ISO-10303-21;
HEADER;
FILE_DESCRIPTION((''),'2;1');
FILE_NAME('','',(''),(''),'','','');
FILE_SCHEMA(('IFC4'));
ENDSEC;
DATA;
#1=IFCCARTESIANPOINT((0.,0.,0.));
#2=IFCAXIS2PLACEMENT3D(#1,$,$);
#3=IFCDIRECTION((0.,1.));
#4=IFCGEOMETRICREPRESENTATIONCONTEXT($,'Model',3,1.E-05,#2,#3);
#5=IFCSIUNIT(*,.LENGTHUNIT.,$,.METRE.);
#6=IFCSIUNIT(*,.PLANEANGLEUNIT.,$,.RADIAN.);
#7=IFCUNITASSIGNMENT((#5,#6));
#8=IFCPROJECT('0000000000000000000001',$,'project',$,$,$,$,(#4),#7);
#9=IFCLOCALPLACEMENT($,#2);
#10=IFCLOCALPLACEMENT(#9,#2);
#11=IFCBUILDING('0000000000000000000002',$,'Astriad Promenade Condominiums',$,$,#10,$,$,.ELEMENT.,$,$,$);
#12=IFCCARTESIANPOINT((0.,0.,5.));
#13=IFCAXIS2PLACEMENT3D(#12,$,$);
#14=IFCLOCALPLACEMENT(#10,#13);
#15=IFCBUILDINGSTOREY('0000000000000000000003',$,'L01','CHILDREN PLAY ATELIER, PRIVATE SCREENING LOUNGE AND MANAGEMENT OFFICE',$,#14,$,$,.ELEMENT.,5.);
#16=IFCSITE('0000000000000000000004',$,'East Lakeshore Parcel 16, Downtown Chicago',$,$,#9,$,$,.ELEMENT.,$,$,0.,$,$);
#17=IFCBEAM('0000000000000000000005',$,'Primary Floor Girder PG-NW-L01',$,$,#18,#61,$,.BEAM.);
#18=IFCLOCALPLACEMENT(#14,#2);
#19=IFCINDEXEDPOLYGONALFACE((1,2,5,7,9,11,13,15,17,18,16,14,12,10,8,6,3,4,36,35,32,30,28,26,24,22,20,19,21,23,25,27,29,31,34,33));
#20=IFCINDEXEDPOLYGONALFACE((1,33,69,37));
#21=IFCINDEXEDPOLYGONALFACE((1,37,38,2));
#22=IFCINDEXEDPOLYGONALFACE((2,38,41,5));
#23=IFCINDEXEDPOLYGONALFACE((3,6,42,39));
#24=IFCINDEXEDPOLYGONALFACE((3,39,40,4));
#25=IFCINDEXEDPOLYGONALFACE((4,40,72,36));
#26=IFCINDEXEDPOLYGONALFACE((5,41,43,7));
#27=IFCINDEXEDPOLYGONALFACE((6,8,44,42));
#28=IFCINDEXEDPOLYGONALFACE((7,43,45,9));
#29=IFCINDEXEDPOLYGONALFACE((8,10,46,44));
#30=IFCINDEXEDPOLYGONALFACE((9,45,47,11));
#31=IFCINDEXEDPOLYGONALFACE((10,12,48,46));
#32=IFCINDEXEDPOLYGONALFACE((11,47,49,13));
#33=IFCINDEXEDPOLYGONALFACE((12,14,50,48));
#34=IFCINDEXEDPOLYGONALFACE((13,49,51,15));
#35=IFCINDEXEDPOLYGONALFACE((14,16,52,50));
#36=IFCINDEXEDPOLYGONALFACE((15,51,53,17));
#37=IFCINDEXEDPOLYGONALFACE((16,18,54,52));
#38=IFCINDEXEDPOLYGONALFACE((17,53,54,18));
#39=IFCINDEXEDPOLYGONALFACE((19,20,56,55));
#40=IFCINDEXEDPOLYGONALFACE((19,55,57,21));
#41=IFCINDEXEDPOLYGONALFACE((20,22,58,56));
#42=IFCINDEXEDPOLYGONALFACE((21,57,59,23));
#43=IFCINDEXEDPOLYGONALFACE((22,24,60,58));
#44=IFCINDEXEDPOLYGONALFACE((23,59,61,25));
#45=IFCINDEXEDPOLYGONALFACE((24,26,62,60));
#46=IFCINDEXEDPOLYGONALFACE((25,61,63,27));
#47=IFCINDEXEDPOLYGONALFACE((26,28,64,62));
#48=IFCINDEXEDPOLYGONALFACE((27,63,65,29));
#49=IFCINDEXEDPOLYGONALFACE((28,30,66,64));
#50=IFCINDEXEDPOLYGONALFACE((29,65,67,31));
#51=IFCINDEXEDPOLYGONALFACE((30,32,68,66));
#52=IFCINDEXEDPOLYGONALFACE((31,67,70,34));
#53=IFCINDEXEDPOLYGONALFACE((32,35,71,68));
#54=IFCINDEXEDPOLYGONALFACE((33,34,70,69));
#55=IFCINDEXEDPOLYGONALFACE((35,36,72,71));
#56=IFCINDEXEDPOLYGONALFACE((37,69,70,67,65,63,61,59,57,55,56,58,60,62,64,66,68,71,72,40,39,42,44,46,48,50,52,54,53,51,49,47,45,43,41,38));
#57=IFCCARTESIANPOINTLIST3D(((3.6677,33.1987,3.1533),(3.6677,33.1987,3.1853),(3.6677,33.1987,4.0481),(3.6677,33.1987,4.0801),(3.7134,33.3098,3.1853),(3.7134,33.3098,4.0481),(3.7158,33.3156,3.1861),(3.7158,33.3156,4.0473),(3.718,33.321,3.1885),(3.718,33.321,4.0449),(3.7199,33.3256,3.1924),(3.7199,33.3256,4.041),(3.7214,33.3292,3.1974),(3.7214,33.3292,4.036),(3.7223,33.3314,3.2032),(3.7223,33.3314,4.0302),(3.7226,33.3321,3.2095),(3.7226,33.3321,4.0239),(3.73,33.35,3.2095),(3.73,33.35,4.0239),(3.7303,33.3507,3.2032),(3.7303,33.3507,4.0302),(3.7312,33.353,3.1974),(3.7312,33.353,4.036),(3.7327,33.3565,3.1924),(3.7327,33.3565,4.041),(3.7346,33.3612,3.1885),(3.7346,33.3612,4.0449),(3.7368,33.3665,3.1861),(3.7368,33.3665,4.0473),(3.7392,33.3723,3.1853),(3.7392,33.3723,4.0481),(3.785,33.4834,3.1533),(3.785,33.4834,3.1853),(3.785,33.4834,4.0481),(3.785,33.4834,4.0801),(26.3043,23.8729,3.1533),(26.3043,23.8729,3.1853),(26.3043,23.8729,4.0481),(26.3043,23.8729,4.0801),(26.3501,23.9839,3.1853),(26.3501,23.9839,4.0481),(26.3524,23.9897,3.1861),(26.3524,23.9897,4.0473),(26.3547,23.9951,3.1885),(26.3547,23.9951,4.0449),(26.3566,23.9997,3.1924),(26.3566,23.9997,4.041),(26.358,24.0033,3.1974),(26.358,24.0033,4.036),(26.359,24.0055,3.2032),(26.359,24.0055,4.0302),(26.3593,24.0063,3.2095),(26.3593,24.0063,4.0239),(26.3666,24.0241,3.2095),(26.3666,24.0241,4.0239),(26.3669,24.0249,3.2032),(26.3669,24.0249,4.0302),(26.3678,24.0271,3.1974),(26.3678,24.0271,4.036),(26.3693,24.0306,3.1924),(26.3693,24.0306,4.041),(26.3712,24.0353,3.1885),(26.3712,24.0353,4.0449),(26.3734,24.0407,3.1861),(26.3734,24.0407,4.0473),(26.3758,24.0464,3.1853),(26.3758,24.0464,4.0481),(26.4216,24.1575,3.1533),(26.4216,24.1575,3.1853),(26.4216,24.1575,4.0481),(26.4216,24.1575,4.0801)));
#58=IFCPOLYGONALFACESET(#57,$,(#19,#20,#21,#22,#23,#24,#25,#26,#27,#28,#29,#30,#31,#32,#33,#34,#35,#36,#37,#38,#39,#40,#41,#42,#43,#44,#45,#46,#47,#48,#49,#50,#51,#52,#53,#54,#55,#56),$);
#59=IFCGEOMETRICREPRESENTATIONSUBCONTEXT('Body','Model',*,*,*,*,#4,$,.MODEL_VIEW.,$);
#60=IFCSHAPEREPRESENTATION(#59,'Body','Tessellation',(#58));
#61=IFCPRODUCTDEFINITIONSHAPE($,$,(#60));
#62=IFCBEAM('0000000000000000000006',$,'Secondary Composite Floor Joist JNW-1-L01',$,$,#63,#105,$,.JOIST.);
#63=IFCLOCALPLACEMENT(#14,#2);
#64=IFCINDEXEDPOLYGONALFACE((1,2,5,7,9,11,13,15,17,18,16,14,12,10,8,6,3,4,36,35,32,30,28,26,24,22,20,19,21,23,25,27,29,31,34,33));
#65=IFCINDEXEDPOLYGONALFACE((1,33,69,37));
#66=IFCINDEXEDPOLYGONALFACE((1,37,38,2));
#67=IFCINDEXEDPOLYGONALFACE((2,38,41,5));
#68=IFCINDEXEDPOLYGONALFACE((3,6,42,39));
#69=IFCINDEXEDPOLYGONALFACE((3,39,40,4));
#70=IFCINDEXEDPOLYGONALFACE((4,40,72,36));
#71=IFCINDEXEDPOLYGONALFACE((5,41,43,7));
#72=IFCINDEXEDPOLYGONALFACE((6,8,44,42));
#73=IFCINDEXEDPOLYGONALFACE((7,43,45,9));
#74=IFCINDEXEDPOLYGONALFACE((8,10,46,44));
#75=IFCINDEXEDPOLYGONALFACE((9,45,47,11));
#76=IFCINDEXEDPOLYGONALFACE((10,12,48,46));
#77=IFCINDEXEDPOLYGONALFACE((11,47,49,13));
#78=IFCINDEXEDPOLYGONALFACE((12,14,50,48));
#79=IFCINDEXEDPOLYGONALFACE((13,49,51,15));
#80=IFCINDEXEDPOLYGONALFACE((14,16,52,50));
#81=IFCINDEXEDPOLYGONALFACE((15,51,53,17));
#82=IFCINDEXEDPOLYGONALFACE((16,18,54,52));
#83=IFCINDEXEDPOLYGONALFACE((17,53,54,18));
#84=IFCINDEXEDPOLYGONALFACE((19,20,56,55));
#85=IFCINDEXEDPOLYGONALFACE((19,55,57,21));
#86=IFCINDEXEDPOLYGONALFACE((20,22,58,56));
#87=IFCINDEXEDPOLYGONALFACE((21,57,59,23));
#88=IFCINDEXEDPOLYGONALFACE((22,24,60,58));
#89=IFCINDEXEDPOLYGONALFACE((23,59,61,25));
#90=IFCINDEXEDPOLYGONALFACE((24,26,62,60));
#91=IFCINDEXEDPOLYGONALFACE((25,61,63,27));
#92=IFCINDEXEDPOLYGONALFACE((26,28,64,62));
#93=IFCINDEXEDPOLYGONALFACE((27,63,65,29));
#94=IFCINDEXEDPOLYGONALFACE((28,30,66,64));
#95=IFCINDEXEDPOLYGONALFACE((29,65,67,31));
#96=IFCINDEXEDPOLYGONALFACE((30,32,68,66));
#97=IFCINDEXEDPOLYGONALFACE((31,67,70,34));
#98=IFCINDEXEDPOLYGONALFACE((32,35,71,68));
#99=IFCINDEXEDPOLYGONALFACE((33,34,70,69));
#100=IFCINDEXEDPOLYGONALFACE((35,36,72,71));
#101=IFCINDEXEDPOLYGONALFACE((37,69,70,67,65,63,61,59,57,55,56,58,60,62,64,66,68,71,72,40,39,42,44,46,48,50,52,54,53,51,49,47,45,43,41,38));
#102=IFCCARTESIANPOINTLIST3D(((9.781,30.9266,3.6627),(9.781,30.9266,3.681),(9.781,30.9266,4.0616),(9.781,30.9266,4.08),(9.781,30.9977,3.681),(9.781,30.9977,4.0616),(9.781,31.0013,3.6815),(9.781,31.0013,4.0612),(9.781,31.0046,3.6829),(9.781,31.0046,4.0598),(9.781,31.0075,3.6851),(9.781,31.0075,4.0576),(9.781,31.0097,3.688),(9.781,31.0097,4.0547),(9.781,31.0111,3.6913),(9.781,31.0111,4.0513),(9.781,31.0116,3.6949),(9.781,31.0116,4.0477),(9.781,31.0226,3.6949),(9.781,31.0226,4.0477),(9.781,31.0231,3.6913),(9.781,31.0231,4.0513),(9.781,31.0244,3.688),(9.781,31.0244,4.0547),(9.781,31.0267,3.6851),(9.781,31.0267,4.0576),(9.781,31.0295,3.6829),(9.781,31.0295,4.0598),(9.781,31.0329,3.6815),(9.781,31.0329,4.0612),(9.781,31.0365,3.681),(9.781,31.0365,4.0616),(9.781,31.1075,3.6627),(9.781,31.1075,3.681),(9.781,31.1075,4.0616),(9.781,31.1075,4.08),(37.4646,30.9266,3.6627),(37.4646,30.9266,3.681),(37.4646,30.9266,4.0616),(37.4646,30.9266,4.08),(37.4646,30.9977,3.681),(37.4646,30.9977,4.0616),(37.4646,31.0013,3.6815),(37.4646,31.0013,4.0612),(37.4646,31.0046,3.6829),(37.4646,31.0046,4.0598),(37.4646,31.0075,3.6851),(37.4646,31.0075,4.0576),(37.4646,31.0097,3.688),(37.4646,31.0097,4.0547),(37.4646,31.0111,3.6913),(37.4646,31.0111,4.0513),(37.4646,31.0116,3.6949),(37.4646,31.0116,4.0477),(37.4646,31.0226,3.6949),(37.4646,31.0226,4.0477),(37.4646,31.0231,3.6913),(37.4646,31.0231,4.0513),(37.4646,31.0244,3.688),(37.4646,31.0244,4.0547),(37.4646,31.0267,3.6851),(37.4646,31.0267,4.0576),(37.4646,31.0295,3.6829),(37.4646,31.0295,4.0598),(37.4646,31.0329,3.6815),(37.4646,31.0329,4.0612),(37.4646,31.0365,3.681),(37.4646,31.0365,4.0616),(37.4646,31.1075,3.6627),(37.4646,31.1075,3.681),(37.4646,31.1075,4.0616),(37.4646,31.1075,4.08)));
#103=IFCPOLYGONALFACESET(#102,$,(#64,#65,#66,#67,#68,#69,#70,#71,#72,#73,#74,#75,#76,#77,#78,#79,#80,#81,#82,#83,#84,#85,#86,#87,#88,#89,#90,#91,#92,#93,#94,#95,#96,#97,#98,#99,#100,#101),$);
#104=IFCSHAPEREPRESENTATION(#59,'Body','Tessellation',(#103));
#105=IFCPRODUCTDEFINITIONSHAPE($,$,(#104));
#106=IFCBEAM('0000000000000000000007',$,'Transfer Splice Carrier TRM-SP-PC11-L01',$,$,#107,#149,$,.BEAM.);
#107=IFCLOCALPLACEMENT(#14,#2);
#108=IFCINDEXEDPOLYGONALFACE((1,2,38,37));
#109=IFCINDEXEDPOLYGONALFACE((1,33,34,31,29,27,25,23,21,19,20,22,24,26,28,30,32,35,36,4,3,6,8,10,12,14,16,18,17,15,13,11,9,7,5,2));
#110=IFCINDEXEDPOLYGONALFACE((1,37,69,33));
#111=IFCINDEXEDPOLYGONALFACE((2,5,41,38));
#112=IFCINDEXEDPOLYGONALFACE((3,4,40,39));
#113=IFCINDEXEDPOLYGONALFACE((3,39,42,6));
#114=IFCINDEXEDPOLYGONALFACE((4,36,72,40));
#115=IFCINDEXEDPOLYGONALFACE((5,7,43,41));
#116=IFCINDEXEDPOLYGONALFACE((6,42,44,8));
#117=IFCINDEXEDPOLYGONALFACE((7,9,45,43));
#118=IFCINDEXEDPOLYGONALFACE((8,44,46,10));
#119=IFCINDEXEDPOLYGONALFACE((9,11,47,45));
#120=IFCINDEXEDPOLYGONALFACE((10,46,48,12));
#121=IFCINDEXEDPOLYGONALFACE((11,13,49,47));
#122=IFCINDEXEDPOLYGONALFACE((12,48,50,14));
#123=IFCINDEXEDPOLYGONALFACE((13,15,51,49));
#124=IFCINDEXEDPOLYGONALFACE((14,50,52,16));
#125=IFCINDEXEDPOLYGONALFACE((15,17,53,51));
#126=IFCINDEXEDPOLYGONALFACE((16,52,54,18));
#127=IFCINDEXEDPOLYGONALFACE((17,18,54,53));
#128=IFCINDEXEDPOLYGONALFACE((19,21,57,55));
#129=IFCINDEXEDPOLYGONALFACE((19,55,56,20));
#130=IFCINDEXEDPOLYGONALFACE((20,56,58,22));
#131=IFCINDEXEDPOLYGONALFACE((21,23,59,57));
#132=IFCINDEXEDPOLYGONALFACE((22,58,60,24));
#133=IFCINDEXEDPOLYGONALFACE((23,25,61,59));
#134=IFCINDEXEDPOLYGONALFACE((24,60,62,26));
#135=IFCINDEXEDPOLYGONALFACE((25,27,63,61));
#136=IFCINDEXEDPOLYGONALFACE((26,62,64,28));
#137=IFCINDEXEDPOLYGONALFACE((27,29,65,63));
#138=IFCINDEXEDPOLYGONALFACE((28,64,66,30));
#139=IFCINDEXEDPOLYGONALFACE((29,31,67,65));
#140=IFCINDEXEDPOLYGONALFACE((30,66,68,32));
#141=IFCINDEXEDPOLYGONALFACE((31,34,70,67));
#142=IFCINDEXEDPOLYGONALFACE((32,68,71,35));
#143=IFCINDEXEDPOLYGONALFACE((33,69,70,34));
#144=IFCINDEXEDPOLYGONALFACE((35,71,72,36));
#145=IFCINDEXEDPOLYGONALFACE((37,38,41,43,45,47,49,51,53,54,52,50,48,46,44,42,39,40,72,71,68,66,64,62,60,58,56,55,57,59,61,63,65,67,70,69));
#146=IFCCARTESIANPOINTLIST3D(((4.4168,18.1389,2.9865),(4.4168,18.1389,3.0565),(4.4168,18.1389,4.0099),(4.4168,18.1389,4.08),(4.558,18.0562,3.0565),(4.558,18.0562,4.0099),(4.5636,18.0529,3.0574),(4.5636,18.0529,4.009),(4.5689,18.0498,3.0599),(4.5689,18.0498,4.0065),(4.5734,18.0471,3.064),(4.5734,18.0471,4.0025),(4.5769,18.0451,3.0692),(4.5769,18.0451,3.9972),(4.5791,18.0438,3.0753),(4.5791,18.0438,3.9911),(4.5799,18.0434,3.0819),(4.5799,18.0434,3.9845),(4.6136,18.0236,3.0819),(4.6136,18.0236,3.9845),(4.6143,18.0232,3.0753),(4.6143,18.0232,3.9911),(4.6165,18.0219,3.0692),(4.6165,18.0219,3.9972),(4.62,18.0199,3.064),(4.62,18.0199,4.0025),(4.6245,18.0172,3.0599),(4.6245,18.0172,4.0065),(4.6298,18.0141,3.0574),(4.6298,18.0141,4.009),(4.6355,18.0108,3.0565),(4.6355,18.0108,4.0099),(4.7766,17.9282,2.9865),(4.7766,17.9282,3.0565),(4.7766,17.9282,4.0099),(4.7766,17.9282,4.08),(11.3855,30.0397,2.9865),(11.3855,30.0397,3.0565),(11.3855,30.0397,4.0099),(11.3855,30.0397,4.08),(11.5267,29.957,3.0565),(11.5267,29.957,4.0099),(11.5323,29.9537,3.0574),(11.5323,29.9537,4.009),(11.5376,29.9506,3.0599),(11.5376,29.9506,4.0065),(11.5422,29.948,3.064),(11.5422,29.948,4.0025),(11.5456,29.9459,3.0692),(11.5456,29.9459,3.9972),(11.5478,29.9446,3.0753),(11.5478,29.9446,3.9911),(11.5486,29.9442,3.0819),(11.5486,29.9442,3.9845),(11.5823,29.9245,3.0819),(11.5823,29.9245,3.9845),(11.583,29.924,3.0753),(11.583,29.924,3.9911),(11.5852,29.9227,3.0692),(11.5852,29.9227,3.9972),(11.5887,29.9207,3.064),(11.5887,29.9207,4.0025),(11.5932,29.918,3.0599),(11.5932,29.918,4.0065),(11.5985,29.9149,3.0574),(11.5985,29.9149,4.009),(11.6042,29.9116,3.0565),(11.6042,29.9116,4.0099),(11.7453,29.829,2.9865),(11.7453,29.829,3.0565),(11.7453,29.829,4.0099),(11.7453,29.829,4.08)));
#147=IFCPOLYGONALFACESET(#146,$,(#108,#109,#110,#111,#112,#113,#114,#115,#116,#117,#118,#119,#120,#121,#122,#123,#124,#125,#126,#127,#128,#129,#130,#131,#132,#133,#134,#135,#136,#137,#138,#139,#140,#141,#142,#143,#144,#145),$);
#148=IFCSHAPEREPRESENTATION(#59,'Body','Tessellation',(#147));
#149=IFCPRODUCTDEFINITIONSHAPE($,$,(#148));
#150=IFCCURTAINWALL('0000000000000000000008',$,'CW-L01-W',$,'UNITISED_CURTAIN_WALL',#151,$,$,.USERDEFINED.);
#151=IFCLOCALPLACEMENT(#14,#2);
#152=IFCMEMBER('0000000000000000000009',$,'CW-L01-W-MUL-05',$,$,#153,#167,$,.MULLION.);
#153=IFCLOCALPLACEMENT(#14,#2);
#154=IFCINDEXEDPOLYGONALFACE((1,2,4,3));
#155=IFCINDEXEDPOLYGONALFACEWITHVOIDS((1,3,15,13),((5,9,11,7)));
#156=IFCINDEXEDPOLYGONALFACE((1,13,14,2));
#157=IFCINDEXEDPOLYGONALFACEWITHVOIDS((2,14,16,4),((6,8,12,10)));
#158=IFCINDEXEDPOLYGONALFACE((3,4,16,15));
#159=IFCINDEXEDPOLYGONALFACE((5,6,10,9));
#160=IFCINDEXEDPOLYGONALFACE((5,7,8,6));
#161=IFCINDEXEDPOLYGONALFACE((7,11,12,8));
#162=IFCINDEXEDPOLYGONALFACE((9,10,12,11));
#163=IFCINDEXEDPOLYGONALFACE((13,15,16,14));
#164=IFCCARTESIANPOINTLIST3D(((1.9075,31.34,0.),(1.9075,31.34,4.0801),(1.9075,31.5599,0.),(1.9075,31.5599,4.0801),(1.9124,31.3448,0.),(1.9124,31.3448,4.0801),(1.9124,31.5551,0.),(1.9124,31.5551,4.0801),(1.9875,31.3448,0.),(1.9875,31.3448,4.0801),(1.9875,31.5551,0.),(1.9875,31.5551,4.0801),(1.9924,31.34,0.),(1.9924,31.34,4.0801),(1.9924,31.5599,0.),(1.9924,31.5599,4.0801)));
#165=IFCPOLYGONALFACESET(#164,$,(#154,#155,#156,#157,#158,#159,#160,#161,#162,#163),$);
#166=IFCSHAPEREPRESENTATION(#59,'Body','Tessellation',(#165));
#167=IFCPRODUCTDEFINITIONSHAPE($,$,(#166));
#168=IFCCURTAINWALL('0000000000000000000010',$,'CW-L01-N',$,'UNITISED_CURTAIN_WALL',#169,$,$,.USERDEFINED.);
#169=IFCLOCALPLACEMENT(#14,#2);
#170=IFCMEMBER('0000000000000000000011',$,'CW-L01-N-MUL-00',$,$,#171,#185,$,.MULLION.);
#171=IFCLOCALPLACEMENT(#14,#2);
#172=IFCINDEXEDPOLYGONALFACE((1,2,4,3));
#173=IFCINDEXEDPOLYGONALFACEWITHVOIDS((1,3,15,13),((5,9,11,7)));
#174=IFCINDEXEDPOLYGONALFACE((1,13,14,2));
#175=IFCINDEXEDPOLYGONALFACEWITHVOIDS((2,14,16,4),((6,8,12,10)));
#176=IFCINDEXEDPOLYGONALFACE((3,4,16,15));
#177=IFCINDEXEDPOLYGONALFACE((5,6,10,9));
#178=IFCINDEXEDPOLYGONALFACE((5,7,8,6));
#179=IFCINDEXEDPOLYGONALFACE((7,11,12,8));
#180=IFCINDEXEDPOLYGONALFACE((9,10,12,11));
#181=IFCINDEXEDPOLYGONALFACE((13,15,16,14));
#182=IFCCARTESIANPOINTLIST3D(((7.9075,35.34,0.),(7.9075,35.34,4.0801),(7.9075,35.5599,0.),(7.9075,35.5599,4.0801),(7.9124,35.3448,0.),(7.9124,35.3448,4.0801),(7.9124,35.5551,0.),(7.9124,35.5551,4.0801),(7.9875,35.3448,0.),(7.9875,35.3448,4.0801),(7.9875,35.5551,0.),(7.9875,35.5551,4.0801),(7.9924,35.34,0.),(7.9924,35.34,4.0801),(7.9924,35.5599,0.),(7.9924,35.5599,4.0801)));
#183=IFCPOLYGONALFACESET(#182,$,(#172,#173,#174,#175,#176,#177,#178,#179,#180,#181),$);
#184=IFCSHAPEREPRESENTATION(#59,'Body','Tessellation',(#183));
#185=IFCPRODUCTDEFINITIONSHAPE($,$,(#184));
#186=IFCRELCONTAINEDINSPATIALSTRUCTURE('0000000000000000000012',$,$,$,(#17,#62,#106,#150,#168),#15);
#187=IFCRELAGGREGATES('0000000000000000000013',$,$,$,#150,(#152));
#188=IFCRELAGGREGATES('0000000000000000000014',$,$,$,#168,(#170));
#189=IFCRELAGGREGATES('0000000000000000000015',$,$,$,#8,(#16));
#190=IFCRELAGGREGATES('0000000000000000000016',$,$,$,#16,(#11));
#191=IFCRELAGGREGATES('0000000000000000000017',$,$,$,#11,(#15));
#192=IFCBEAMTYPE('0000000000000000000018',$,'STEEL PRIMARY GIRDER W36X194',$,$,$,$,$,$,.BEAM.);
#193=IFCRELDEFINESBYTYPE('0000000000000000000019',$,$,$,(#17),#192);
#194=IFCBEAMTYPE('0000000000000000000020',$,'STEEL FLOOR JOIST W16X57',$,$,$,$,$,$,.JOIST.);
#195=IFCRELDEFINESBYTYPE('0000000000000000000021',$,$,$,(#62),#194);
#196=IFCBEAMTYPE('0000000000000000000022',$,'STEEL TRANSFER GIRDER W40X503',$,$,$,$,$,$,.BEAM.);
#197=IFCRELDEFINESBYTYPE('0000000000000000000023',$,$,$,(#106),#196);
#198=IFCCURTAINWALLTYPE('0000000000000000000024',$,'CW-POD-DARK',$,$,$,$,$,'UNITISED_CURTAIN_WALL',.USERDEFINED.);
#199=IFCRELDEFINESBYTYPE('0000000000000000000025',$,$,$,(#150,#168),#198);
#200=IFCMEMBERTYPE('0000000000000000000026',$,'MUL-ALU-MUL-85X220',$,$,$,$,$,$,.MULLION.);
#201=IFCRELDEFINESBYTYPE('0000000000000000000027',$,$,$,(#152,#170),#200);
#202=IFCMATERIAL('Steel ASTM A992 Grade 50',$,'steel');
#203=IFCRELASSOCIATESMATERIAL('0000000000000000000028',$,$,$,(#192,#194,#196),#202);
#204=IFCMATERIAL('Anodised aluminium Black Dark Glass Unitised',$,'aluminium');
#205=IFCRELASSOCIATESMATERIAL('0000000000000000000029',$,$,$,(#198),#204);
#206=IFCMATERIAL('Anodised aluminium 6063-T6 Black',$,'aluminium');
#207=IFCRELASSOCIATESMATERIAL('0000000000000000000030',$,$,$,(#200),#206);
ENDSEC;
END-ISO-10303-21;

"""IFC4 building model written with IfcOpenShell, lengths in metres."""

from ifc_helpers import new_model, si_unit, direction, frame, origin, origin_2d, place, context, subcontext, project, spatial, hollow_rectangle, i_section, extrude, source, transform, mapped, material, material_profile, profile_set, type_object, type_shapes, element, aggregate, save


model = new_model("IFC4")

# Units and contexts
model_context = context("Model", 3, precision=1e-05, world=origin(), true_north=direction((0.0, 1.0)))
body_context = subcontext(model_context, "Body", "Model", "MODEL_VIEW")
ifc_project = project(units=[si_unit("LENGTHUNIT", "METRE"), si_unit("PLANEANGLEUNIT", "RADIAN")], contexts=[model_context])

# Site, building, storey
site_placement = place(None, origin())
site = spatial("IfcSite", under=ifc_project, at=site_placement, Name="East Lakeshore Parcel 16, Downtown Chicago", CompositionType="ELEMENT", RefElevation=0.0)
building_placement = place(site_placement, origin())
building = spatial("IfcBuilding", under=site, at=building_placement, Name="Astriad Promenade Condominiums", CompositionType="ELEMENT")
storey_placement = place(building_placement, frame((0.0, 0.0, 5.0)))
storey = spatial("IfcBuildingStorey", under=building, at=storey_placement, Name="L01", Description="CHILDREN PLAY ATELIER, PRIVATE SCREENING LOUNGE AND MANAGEMENT OFFICE", CompositionType="ELEMENT", Elevation=5.0)

# Shared definitions
ifc_material_1 = material(Name="Steel ASTM A992 Grade 50", Category="steel")

# Beams
ifc_material_profile_1 = material_profile(ifc_material_1, i_section(OverallWidth=0.3079, OverallDepth=0.9268, WebThickness=0.0193, FlangeThickness=0.032, FilletRadius=0.0242, at=origin_2d()), Name="W36X194")
ifc_profile_set_1 = profile_set([ifc_material_profile_1], Name="Steel ASTM A992 Grade 50")
beam_type_1 = type_object("IfcBeamType", Name="STEEL PRIMARY GIRDER W36X194", PredefinedType="BEAM", material=ifc_profile_set_1)
shared_shape_1 = source(origin(), body_context, "Body", "SweptSolid", [
    extrude(i_section(OverallWidth=0.3079, OverallDepth=0.9268, WebThickness=0.0193, FlangeThickness=0.032, FilletRadius=0.0242, at=origin_2d()), origin(), (0.0, 0.0, 1.0), 24.4824),
])
type_shapes(beam_type_1, [shared_shape_1])
beam_1_placement = place(storey_placement, frame((3.7263, 33.3411, 3.6167), z_axis=(0.924607, -0.380922, 0.0), x_axis=(0.380922, 0.924607, 0.0)))
element("IfcBeam", 1, at=beam_1_placement, inside=storey, type_object=beam_type_1, Name="Primary Floor Girder PG-NW-L01", PredefinedType="BEAM", context=body_context, shape_type="MappedRepresentation", body=[
    mapped(shared_shape_1, transform((0.0, 0.0, 0.0), scale=1.0)),
])
ifc_material_profile_2 = material_profile(ifc_material_1, i_section(OverallWidth=0.1809, OverallDepth=0.4172, WebThickness=0.011, FlangeThickness=0.0183, FilletRadius=0.0139, at=origin_2d()), Name="W16X57")
ifc_profile_set_2 = profile_set([ifc_material_profile_2], Name="Steel ASTM A992 Grade 50")
beam_type_2 = type_object("IfcBeamType", Name="STEEL FLOOR JOIST W16X57", PredefinedType="JOIST", material=ifc_profile_set_2)
shared_shape_2 = source(origin(), body_context, "Body", "SweptSolid", [
    extrude(i_section(OverallWidth=0.1809, OverallDepth=0.4172, WebThickness=0.011, FlangeThickness=0.0183, FilletRadius=0.0139, at=origin_2d()), origin(), (0.0, 0.0, 1.0), 27.6836),
])
type_shapes(beam_type_2, [shared_shape_2])
beam_2_placement = place(storey_placement, frame((9.781, 31.0171, 3.8713), z_axis=(1.0, 0.0, 0.0), x_axis=(0.0, 1.0, 0.0)))
element("IfcBeam", 2, at=beam_2_placement, inside=storey, type_object=beam_type_2, Name="Secondary Composite Floor Joist JNW-1-L01", PredefinedType="JOIST", context=body_context, shape_type="MappedRepresentation", body=[
    mapped(shared_shape_2, transform((0.0, 0.0, 0.0), scale=1.0)),
])
ifc_material_profile_3 = material_profile(ifc_material_1, i_section(OverallWidth=0.417, OverallDepth=1.0935, WebThickness=0.0391, FlangeThickness=0.0701, FilletRadius=0.0254, at=origin_2d()), Name="W40X503")
ifc_profile_set_3 = profile_set([ifc_material_profile_3], Name="Steel ASTM A992 Grade 50")
beam_type_3 = type_object("IfcBeamType", Name="STEEL TRANSFER GIRDER W40X503", PredefinedType="BEAM", material=ifc_profile_set_3)
shared_shape_3 = source(origin(), body_context, "Body", "SweptSolid", [
    extrude(i_section(OverallWidth=0.417, OverallDepth=1.0935, WebThickness=0.0391, FlangeThickness=0.0701, FilletRadius=0.0254, at=origin_2d()), origin(), (0.0, 0.0, 1.0), 13.791),
])
type_shapes(beam_type_3, [shared_shape_3])
beam_3_placement = place(storey_placement, frame((11.5654, 29.9343, 3.5332), z_axis=(-0.505308, -0.862939, 0.0), x_axis=(0.862939, -0.505308, 0.0)))
element("IfcBeam", 3, at=beam_3_placement, inside=storey, type_object=beam_type_3, Name="Transfer Splice Carrier TRM-SP-PC11-L01", PredefinedType="BEAM", context=body_context, shape_type="MappedRepresentation", body=[
    mapped(shared_shape_3, transform((0.0, 0.0, 0.0), scale=1.0)),
])

# Curtain wall, member
ifc_material_2 = material(Name="Anodised aluminium Black Dark Glass Unitised", Category="aluminium")
curtain_wall_type = type_object("IfcCurtainWallType", Name="CW-POD-DARK", ElementType="UNITISED_CURTAIN_WALL", PredefinedType="USERDEFINED", material=ifc_material_2)
curtain_wall_1_placement = place(storey_placement, origin())
curtain_wall_1 = element("IfcCurtainWall", 4, at=curtain_wall_1_placement, inside=storey, type_object=curtain_wall_type, Name="CW-L01-W", ObjectType="UNITISED_CURTAIN_WALL", PredefinedType="USERDEFINED")
ifc_material_3 = material(Name="Anodised aluminium 6063-T6 Black", Category="aluminium")
ifc_material_profile_4 = material_profile(ifc_material_3, hollow_rectangle(XDim=0.085, YDim=0.22, WallThickness=0.0049, at=origin_2d()), Name="ALU-MUL-85X220")
ifc_profile_set_4 = profile_set([ifc_material_profile_4], Name="Anodised aluminium 6063-T6 Black")
member_type_1 = type_object("IfcMemberType", Name="MUL-ALU-MUL-85X220", PredefinedType="MULLION", material=ifc_profile_set_4)
shared_shape_4 = source(origin(), body_context, "Body", "SweptSolid", [
    extrude(hollow_rectangle(XDim=0.085, YDim=0.22, WallThickness=0.0049, at=origin_2d()), origin(), (0.0, 0.0, 1.0), 4.0801),
])
type_shapes(member_type_1, [shared_shape_4])
member_1_placement = place(storey_placement, frame((1.95, 31.45, 0.0), z_axis=(0.0, 0.0, 1.0), x_axis=(1.0, 0.0, 0.0)))
member_1 = element("IfcMember", 5, at=member_1_placement, type_object=member_type_1, Name="CW-L01-W-MUL-05", PredefinedType="MULLION", context=body_context, shape_type="MappedRepresentation", body=[
    mapped(shared_shape_4, transform((0.0, 0.0, 0.0), scale=1.0)),
])

# Curtain wall, member
curtain_wall_2_placement = place(storey_placement, origin())
curtain_wall_2 = element("IfcCurtainWall", 6, at=curtain_wall_2_placement, inside=storey, type_object=curtain_wall_type, Name="CW-L01-N", ObjectType="UNITISED_CURTAIN_WALL", PredefinedType="USERDEFINED")
member_2_placement = place(storey_placement, frame((7.95, 35.45, 0.0), z_axis=(0.0, 0.0, 1.0), x_axis=(1.0, 0.0, 0.0)))
member_2 = element("IfcMember", 7, at=member_2_placement, type_object=member_type_1, Name="CW-L01-N-MUL-00", PredefinedType="MULLION", context=body_context, shape_type="MappedRepresentation", body=[
    mapped(shared_shape_4, transform((0.0, 0.0, 0.0), scale=1.0)),
])

aggregate(curtain_wall_1, [member_1])
aggregate(curtain_wall_2, [member_2])

save(model, "model.ifc")
